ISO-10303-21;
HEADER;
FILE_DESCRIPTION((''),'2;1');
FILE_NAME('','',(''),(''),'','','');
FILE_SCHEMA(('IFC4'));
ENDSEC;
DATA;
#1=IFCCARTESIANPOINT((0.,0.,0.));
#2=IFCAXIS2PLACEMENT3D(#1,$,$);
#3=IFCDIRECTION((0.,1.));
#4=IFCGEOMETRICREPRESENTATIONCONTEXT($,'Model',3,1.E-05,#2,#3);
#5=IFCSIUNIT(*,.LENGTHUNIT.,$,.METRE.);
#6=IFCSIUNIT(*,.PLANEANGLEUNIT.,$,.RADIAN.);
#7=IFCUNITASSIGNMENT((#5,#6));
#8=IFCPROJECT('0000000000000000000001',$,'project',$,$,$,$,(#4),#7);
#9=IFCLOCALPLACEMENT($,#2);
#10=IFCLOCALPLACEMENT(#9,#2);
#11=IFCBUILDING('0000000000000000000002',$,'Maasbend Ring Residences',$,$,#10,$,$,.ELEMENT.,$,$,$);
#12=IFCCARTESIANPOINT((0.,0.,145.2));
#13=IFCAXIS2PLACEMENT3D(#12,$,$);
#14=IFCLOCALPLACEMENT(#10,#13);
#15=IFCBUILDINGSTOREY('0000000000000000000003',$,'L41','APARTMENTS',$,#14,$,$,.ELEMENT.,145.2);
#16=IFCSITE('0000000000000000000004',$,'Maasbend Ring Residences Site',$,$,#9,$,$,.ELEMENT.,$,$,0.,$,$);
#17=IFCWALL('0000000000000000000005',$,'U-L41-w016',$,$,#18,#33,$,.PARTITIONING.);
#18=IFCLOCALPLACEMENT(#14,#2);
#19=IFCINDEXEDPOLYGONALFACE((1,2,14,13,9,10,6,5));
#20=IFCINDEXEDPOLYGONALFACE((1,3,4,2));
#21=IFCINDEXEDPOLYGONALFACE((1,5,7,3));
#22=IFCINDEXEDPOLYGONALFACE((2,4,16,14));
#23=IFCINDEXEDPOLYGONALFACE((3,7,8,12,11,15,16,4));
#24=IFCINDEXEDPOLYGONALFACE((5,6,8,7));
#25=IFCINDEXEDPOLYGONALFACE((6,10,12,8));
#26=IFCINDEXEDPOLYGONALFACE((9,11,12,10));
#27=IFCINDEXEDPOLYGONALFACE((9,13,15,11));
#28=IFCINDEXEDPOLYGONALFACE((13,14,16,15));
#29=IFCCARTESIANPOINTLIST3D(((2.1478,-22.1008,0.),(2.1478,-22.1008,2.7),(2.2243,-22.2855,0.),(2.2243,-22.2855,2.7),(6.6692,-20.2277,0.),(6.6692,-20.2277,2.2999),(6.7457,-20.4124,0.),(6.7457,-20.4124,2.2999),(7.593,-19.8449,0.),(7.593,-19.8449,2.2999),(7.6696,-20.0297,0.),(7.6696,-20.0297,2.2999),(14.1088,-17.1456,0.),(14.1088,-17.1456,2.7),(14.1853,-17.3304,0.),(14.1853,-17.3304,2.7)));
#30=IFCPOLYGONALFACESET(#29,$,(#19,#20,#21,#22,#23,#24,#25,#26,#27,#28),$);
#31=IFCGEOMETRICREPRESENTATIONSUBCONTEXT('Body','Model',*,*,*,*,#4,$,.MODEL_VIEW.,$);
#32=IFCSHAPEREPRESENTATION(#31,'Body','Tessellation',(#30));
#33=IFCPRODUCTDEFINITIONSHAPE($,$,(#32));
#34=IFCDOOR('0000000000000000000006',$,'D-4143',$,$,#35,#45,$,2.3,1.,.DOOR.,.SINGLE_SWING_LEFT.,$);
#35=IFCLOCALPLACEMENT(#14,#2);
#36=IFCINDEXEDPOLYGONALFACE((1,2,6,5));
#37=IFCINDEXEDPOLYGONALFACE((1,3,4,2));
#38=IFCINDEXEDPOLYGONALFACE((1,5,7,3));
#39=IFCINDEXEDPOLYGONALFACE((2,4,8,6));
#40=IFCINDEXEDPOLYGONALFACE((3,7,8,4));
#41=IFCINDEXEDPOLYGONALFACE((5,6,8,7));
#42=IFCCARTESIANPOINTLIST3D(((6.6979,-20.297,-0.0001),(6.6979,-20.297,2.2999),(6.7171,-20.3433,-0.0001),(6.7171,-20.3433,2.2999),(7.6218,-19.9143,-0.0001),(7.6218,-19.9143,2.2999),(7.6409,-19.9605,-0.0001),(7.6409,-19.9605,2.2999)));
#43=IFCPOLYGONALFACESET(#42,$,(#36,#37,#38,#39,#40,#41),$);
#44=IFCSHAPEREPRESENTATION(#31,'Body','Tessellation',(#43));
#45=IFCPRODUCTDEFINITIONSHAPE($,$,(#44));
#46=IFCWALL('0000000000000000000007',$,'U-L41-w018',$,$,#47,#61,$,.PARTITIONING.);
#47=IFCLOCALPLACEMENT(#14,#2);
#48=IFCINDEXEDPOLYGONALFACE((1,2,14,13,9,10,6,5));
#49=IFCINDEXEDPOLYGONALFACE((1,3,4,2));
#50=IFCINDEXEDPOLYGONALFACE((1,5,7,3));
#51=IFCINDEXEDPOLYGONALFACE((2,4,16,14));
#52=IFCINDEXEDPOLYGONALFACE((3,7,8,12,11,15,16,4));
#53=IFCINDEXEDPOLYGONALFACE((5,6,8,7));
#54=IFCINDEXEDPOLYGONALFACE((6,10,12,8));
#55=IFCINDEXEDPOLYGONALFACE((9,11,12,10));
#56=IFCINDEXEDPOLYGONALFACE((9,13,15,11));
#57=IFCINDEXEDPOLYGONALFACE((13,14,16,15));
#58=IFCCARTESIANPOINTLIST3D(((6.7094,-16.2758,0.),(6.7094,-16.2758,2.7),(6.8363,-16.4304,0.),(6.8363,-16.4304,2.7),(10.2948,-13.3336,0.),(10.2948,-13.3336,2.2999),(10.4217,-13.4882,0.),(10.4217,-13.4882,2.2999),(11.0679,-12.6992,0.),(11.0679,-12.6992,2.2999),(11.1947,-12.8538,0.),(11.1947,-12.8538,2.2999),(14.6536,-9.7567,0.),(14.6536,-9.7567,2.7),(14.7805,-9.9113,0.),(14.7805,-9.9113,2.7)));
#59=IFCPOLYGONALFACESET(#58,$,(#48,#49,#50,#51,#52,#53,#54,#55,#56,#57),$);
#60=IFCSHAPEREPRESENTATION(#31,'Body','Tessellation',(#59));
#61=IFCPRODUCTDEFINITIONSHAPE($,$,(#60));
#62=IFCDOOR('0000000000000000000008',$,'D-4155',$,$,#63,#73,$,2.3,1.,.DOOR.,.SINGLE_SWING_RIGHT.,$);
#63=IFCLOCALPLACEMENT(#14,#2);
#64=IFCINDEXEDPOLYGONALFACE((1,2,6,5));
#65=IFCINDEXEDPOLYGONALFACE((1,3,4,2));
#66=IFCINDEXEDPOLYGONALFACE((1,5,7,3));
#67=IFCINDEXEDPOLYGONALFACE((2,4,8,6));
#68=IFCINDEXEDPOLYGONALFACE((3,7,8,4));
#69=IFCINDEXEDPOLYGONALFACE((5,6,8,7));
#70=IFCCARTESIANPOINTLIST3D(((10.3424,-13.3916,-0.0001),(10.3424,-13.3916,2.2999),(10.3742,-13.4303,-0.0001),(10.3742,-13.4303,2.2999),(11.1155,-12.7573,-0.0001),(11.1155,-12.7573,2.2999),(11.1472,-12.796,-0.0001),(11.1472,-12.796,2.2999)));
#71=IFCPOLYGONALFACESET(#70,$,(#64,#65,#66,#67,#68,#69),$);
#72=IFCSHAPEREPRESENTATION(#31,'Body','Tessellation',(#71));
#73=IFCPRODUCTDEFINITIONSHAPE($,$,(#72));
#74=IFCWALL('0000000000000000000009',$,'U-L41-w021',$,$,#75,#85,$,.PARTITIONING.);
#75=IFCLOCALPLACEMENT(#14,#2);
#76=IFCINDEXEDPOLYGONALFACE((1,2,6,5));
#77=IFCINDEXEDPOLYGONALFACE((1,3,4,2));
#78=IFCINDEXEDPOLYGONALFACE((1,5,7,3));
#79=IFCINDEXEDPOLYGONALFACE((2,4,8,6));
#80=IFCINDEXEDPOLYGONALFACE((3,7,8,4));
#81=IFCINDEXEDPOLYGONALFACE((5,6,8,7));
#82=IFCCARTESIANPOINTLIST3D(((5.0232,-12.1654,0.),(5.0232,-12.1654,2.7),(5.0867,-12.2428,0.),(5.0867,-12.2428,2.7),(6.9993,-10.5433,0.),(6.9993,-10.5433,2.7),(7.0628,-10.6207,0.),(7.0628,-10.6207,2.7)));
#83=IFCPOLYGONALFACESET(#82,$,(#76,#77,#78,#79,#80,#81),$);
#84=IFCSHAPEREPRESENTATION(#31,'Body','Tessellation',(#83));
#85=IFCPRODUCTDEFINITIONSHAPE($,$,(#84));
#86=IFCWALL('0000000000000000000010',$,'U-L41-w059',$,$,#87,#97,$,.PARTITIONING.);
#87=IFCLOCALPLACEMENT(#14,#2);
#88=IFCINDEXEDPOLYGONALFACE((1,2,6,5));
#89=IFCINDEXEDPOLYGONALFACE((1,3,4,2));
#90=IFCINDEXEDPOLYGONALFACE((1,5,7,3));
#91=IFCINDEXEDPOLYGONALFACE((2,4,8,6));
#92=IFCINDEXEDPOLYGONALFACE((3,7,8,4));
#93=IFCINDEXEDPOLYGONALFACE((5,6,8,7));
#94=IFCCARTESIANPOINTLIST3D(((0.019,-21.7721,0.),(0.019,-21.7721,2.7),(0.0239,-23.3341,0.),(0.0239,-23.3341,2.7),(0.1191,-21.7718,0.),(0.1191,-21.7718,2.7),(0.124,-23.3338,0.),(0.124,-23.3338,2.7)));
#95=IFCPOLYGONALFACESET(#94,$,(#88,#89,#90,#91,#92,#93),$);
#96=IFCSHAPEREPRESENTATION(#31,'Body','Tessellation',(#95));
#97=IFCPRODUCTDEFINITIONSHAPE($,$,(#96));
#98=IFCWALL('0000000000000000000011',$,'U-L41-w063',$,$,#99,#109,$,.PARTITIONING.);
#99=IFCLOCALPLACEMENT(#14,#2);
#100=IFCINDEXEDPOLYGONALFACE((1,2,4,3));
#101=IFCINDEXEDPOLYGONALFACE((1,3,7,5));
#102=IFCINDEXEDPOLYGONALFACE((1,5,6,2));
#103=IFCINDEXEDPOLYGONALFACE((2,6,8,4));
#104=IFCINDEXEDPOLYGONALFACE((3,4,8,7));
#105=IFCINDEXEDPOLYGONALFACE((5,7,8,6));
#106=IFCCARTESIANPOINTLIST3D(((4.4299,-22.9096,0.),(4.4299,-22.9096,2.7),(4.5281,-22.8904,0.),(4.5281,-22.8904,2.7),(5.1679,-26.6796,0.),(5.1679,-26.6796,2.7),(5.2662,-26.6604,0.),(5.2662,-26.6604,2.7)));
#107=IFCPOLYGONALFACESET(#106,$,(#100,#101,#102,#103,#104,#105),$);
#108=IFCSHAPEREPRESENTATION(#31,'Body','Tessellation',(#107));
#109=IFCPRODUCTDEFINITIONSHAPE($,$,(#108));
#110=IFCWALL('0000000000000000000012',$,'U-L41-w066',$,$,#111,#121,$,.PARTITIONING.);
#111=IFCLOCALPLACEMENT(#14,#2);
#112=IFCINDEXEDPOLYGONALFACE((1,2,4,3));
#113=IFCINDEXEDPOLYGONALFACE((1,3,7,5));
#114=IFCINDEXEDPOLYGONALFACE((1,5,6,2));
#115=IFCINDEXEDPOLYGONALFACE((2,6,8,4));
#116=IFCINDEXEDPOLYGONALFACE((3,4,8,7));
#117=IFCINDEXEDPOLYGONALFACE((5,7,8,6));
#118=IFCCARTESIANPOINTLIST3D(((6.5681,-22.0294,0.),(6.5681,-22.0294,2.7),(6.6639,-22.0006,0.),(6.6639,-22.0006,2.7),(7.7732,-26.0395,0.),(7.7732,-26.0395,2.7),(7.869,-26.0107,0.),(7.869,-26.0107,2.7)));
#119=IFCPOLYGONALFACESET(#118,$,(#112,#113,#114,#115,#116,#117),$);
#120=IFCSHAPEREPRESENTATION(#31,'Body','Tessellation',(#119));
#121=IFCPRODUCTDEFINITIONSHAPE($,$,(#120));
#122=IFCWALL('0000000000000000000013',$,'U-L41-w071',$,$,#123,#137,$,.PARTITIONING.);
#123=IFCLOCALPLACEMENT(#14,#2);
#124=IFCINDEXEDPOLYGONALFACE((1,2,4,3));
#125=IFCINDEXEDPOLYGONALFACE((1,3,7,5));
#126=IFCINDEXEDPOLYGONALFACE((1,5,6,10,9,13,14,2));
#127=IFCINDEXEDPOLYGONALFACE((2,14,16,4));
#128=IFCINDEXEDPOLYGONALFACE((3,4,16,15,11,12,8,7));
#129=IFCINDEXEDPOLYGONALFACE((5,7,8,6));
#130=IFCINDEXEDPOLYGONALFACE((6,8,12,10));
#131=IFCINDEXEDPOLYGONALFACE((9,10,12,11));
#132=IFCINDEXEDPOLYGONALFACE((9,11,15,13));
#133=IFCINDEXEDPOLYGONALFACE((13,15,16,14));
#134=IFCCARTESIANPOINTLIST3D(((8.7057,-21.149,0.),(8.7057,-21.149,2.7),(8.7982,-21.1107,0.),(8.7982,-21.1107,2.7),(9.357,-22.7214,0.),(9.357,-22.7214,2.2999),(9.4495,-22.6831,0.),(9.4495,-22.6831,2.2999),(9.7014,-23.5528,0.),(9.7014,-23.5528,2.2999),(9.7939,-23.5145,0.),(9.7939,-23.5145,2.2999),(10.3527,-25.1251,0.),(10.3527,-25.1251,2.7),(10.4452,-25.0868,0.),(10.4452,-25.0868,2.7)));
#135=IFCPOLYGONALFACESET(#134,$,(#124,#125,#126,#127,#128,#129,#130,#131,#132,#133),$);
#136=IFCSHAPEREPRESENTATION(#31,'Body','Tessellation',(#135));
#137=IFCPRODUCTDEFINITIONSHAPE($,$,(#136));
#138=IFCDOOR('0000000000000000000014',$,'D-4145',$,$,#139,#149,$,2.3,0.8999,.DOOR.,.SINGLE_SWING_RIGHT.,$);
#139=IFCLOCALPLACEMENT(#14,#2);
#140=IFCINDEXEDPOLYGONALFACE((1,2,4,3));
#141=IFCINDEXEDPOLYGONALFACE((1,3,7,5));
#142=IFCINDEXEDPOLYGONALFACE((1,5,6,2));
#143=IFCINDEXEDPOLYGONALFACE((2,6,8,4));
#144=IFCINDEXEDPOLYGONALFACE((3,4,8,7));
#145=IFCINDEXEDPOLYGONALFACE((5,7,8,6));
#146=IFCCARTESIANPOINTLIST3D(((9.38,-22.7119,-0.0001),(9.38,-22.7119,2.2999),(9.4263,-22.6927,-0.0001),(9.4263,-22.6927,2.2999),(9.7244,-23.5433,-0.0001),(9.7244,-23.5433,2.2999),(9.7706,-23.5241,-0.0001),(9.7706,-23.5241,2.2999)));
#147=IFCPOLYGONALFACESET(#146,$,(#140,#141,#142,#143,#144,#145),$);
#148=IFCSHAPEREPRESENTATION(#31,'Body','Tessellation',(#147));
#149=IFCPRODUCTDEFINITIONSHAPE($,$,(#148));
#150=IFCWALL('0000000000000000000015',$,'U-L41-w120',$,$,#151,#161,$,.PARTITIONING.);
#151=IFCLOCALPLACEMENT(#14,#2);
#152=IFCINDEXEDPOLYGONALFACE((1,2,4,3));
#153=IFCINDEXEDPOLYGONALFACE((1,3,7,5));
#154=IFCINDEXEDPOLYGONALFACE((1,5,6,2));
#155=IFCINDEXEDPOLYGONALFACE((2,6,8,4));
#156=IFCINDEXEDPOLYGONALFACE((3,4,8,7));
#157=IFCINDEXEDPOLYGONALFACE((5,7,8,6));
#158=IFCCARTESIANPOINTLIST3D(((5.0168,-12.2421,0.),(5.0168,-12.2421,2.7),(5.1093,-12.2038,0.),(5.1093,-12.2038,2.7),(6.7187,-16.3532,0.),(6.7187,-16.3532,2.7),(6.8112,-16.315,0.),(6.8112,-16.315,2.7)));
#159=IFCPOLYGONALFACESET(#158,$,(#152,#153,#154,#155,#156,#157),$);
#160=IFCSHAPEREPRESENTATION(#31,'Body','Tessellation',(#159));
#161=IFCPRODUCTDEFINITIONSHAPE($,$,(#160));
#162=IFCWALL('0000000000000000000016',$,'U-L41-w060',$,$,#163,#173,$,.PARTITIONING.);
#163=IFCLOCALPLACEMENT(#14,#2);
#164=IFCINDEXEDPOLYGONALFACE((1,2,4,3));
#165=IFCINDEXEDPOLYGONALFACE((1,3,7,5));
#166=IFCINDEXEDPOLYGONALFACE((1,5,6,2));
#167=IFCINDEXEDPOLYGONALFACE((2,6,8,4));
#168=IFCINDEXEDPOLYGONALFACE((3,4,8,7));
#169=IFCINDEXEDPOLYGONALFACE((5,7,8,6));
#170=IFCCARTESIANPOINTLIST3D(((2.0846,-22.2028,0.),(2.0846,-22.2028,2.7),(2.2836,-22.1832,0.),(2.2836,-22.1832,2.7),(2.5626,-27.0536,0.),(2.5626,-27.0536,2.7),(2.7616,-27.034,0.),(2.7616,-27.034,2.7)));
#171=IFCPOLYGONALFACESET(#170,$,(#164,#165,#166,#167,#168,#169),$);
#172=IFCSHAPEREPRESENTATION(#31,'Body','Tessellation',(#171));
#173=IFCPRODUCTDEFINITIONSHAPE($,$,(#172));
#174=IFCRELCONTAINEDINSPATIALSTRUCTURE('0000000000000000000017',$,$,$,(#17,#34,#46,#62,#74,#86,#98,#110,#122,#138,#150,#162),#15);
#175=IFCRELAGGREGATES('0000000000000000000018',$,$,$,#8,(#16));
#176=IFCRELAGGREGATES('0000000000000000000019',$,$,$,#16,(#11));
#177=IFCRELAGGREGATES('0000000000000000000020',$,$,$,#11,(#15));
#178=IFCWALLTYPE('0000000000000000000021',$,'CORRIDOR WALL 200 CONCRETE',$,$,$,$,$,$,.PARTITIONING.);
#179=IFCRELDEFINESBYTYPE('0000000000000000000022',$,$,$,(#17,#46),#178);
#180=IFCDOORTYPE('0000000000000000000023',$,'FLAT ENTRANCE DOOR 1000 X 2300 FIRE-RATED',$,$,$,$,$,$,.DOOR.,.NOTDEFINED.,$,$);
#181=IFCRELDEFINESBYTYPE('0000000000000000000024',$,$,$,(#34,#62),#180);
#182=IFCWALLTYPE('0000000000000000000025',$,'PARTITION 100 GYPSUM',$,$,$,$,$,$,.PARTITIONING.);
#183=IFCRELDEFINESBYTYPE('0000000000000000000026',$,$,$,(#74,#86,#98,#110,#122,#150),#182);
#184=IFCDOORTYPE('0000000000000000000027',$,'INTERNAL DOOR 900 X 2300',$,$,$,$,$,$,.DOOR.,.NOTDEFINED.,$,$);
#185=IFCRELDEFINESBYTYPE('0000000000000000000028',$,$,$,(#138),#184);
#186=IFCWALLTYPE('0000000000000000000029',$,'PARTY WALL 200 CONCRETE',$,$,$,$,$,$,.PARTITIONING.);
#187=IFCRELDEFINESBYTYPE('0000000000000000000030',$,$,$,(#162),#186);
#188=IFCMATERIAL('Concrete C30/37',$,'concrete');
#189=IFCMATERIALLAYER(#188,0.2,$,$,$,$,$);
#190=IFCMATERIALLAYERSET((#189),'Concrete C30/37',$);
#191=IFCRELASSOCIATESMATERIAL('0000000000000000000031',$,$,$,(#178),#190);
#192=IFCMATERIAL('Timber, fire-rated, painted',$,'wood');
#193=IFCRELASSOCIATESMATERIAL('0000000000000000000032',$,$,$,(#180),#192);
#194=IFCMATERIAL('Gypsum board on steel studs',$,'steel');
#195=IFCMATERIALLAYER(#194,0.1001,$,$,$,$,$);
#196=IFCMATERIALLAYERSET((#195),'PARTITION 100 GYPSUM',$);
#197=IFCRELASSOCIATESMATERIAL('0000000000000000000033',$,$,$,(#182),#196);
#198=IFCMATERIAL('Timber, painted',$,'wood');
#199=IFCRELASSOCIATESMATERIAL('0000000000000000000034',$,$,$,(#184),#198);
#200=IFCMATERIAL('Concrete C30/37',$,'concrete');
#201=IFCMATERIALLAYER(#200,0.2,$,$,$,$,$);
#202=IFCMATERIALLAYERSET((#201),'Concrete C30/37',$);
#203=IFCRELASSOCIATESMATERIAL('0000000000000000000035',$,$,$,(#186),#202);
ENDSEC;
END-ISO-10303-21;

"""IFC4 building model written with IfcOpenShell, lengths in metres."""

from ifc_helpers import new_model, si_unit, direction, frame, frame_2d, origin, place, context, subcontext, project, spatial, rectangle, extrude, material, layer, layer_set, type_object, element, fill, save


model = new_model("IFC4")

# Units and contexts
model_context = context("Model", 3, precision=1e-05, world=origin(), true_north=direction((0.0, 1.0)))
body_context = subcontext(model_context, "Body", "Model", "MODEL_VIEW")
ifc_project = project(units=[si_unit("LENGTHUNIT", "METRE"), si_unit("PLANEANGLEUNIT", "RADIAN")], contexts=[model_context])

# Site, building, storey
site_placement = place(None, origin())
site = spatial("IfcSite", under=ifc_project, at=site_placement, Name="Maasbend Ring Residences Site", CompositionType="ELEMENT", RefElevation=0.0)
building_placement = place(site_placement, origin())
building = spatial("IfcBuilding", under=site, at=building_placement, Name="Maasbend Ring Residences", CompositionType="ELEMENT")
storey_placement = place(building_placement, frame((0.0, 0.0, 145.2)))
storey = spatial("IfcBuildingStorey", under=building, at=storey_placement, Name="L41", Description="APARTMENTS", CompositionType="ELEMENT", Elevation=145.2)

# Walls, openings, doors
ifc_material_1 = material(Name="Concrete C30/37", Category="concrete")
ifc_layer_1 = layer(ifc_material_1, 0.2)
ifc_layer_set_1 = layer_set([ifc_layer_1], Name="Concrete C30/37")
wall_type_1 = type_object("IfcWallType", Name="CORRIDOR WALL 200 CONCRETE", PredefinedType="PARTITIONING", material=ifc_layer_set_1)
wall_1_placement = place(storey_placement, frame((2.186, -22.1931, 0.0), z_axis=(0.0, 0.0, 1.0), x_axis=(0.923861, 0.382729, 0.0)))
wall_1 = element("IfcWall", 1, at=wall_1_placement, inside=storey, type_object=wall_type_1, Name="U-L41-w016", PredefinedType="PARTITIONING", context=body_context, shape_type="SweptSolid", body=[
    extrude(rectangle(XDim=12.9468, YDim=0.2, at=frame_2d((6.4734, 0.0))), origin(), (0.0, 0.0, 1.0), 2.7),
])
opening_1_placement = place(wall_1_placement, frame((4.894, 0.0, 0.0)))
opening_1 = element("IfcOpeningElement", 2, at=opening_1_placement, cuts=wall_1, PredefinedType="OPENING", context=body_context, shape_type="SweptSolid", body=[
    extrude(rectangle(XDim=1.0, YDim=2.3, at=frame_2d((0.5, 1.1499))), frame((0.0, 0.1099, 0.0), z_axis=(0.0, -1.0, 0.0), x_axis=(1.0, 0.0, 0.0)), (0.0, 0.0, 1.0), 0.22),
])
ifc_material_2 = material(Name="Timber, fire-rated, painted", Category="wood")
door_type_1 = type_object("IfcDoorType", Name="FLAT ENTRANCE DOOR 1000 X 2300 FIRE-RATED", OperationType="NOTDEFINED", PredefinedType="DOOR", material=ifc_material_2)
door_1_placement = place(opening_1_placement, origin())
door_1 = element("IfcDoor", 3, at=door_1_placement, inside=storey, type_object=door_type_1, Name="D-4143", OperationType="SINGLE_SWING_LEFT", OverallHeight=2.3, OverallWidth=1.0, PredefinedType="DOOR", context=body_context, shape_type="SweptSolid", body=[
    extrude(rectangle(XDim=1.0, YDim=2.3, at=frame_2d((0.5, 1.1499))), frame((0.0, 0.0249, 0.0), z_axis=(0.0, -1.0, 0.0), x_axis=(1.0, 0.0, 0.0)), (0.0, 0.0, 1.0), 0.05),
])
fill(opening_1, door_1)
wall_2_placement = place(storey_placement, frame((6.7729, -16.353, 0.0), z_axis=(0.0, 0.0, 1.0), x_axis=(0.773035, 0.634364, 0.0)))
wall_2 = element("IfcWall", 4, at=wall_2_placement, inside=storey, type_object=wall_type_1, Name="U-L41-w018", PredefinedType="PARTITIONING", context=body_context, shape_type="SweptSolid", body=[
    extrude(rectangle(XDim=10.2766, YDim=0.2, at=frame_2d((5.1382, 0.0))), origin(), (0.0, 0.0, 1.0), 2.7),
])
opening_2_placement = place(wall_2_placement, frame((4.6379, 0.0, 0.0)))
opening_2 = element("IfcOpeningElement", 5, at=opening_2_placement, cuts=wall_2, PredefinedType="OPENING", context=body_context, shape_type="SweptSolid", body=[
    extrude(rectangle(XDim=1.0, YDim=2.3, at=frame_2d((0.5, 1.1499))), frame((0.0, 0.1099, 0.0), z_axis=(0.0, -1.0, 0.0), x_axis=(1.0, 0.0, 0.0)), (0.0, 0.0, 1.0), 0.22),
])
door_2_placement = place(opening_2_placement, origin())
door_2 = element("IfcDoor", 6, at=door_2_placement, inside=storey, type_object=door_type_1, Name="D-4155", OperationType="SINGLE_SWING_RIGHT", OverallHeight=2.3, OverallWidth=1.0, PredefinedType="DOOR", context=body_context, shape_type="SweptSolid", body=[
    extrude(rectangle(XDim=1.0, YDim=2.3, at=frame_2d((0.5, 1.1499))), frame((0.0, 0.0249, 0.0), z_axis=(0.0, -1.0, 0.0), x_axis=(1.0, 0.0, 0.0)), (0.0, 0.0, 1.0), 0.05),
])
fill(opening_2, door_2)

# Walls
ifc_material_3 = material(Name="Gypsum board on steel studs", Category="steel")
ifc_layer_2 = layer(ifc_material_3, 0.1001)
ifc_layer_set_2 = layer_set([ifc_layer_2], Name="PARTITION 100 GYPSUM")
wall_type_2 = type_object("IfcWallType", Name="PARTITION 100 GYPSUM", PredefinedType="PARTITIONING", material=ifc_layer_set_2)
wall_3_placement = place(storey_placement, frame((5.0549, -12.2041, 0.0), z_axis=(0.0, 0.0, 1.0), x_axis=(0.772944, 0.634475, 0.0)))
element("IfcWall", 7, at=wall_3_placement, inside=storey, type_object=wall_type_2, Name="U-L41-w021", PredefinedType="PARTITIONING", context=body_context, shape_type="SweptSolid", body=[
    extrude(rectangle(XDim=2.5566, YDim=0.1001, at=frame_2d((1.2783, 0.0))), origin(), (0.0, 0.0, 1.0), 2.7),
])
wall_4_placement = place(storey_placement, frame((0.074, -23.334, 0.0), z_axis=(0.0, 0.0, 1.0), x_axis=(-0.003126, 0.999995, 0.0)))
element("IfcWall", 8, at=wall_4_placement, inside=storey, type_object=wall_type_2, Name="U-L41-w059", PredefinedType="PARTITIONING", context=body_context, shape_type="SweptSolid", body=[
    extrude(rectangle(XDim=1.562, YDim=0.1001, at=frame_2d((0.781, 0.0))), origin(), (0.0, 0.0, 1.0), 2.7),
])
wall_5_placement = place(storey_placement, frame((4.479, -22.8999, 0.0), z_axis=(0.0, 0.0, 1.0), x_axis=(0.192118, -0.981372, 0.0)))
element("IfcWall", 9, at=wall_5_placement, inside=storey, type_object=wall_type_2, Name="U-L41-w063", PredefinedType="PARTITIONING", context=body_context, shape_type="SweptSolid", body=[
    extrude(rectangle(XDim=3.8416, YDim=0.1001, at=frame_2d((1.9209, 0.0))), origin(), (0.0, 0.0, 1.0), 2.7),
])
wall_6_placement = place(storey_placement, frame((6.616, -22.0149, 0.0), z_axis=(0.0, 0.0, 1.0), x_axis=(0.287803, -0.95769, 0.0)))
element("IfcWall", 10, at=wall_6_placement, inside=storey, type_object=wall_type_2, Name="U-L41-w066", PredefinedType="PARTITIONING", context=body_context, shape_type="SweptSolid", body=[
    extrude(rectangle(XDim=4.1873, YDim=0.1001, at=frame_2d((2.0938, 0.0))), origin(), (0.0, 0.0, 1.0), 2.7),
])

# Wall, opening, door
wall_7_placement = place(storey_placement, frame((8.752, -21.1299, 0.0), z_axis=(0.0, 0.0, 1.0), x_axis=(0.382689, -0.923877, 0.0)))
wall_7 = element("IfcWall", 11, at=wall_7_placement, inside=storey, type_object=wall_type_2, Name="U-L41-w071", PredefinedType="PARTITIONING", context=body_context, shape_type="SweptSolid", body=[
    extrude(rectangle(XDim=4.3037, YDim=0.1001, at=frame_2d((2.1519, 0.0))), origin(), (0.0, 0.0, 1.0), 2.7),
])
opening_3_placement = place(wall_7_placement, frame((1.7019, 0.0, 0.0)))
opening_3 = element("IfcOpeningElement", 12, at=opening_3_placement, cuts=wall_7, PredefinedType="OPENING", context=body_context, shape_type="SweptSolid", body=[
    extrude(rectangle(XDim=0.8999, YDim=2.3, at=frame_2d((0.45, 1.1499))), frame((0.0, 0.0601, 0.0), z_axis=(0.0, -1.0, 0.0), x_axis=(1.0, 0.0, 0.0)), (0.0, 0.0, 1.0), 0.1201),
])
ifc_material_4 = material(Name="Timber, painted", Category="wood")
door_type_2 = type_object("IfcDoorType", Name="INTERNAL DOOR 900 X 2300", OperationType="NOTDEFINED", PredefinedType="DOOR", material=ifc_material_4)
door_3_placement = place(opening_3_placement, origin())
door_3 = element("IfcDoor", 13, at=door_3_placement, inside=storey, type_object=door_type_2, Name="D-4145", OperationType="SINGLE_SWING_RIGHT", OverallHeight=2.3, OverallWidth=0.8999, PredefinedType="DOOR", context=body_context, shape_type="SweptSolid", body=[
    extrude(rectangle(XDim=0.8999, YDim=2.3, at=frame_2d((0.45, 1.1499))), frame((0.0, 0.0249, 0.0), z_axis=(0.0, -1.0, 0.0), x_axis=(1.0, 0.0, 0.0)), (0.0, 0.0, 1.0), 0.05),
])
fill(opening_3, door_3)

# Walls
wall_8_placement = place(storey_placement, frame((6.7649, -16.334, 0.0), z_axis=(0.0, 0.0, 1.0), x_axis=(-0.382499, 0.923956, 0.0)))
element("IfcWall", 14, at=wall_8_placement, inside=storey, type_object=wall_type_2, Name="U-L41-w120", PredefinedType="PARTITIONING", context=body_context, shape_type="SweptSolid", body=[
    extrude(rectangle(XDim=4.4495, YDim=0.1001, at=frame_2d((2.2246, 0.0))), origin(), (0.0, 0.0, 1.0), 2.7),
])
ifc_material_5 = material(Name="Concrete C30/37", Category="concrete")
ifc_layer_3 = layer(ifc_material_5, 0.2)
ifc_layer_set_3 = layer_set([ifc_layer_3], Name="Concrete C30/37")
wall_type_3 = type_object("IfcWallType", Name="PARTY WALL 200 CONCRETE", PredefinedType="PARTITIONING", material=ifc_layer_set_3)
wall_9_placement = place(storey_placement, frame((2.1841, -22.1931, 0.0), z_axis=(0.0, 0.0, 1.0), x_axis=(0.09807, -0.995179, 0.0)))
element("IfcWall", 15, at=wall_9_placement, inside=storey, type_object=wall_type_3, Name="U-L41-w060", PredefinedType="PARTITIONING", context=body_context, shape_type="SweptSolid", body=[
    extrude(rectangle(XDim=4.8743, YDim=0.2, at=frame_2d((2.437, 0.0))), origin(), (0.0, 0.0, 1.0), 2.7),
])

save(model, "model.ifc")
